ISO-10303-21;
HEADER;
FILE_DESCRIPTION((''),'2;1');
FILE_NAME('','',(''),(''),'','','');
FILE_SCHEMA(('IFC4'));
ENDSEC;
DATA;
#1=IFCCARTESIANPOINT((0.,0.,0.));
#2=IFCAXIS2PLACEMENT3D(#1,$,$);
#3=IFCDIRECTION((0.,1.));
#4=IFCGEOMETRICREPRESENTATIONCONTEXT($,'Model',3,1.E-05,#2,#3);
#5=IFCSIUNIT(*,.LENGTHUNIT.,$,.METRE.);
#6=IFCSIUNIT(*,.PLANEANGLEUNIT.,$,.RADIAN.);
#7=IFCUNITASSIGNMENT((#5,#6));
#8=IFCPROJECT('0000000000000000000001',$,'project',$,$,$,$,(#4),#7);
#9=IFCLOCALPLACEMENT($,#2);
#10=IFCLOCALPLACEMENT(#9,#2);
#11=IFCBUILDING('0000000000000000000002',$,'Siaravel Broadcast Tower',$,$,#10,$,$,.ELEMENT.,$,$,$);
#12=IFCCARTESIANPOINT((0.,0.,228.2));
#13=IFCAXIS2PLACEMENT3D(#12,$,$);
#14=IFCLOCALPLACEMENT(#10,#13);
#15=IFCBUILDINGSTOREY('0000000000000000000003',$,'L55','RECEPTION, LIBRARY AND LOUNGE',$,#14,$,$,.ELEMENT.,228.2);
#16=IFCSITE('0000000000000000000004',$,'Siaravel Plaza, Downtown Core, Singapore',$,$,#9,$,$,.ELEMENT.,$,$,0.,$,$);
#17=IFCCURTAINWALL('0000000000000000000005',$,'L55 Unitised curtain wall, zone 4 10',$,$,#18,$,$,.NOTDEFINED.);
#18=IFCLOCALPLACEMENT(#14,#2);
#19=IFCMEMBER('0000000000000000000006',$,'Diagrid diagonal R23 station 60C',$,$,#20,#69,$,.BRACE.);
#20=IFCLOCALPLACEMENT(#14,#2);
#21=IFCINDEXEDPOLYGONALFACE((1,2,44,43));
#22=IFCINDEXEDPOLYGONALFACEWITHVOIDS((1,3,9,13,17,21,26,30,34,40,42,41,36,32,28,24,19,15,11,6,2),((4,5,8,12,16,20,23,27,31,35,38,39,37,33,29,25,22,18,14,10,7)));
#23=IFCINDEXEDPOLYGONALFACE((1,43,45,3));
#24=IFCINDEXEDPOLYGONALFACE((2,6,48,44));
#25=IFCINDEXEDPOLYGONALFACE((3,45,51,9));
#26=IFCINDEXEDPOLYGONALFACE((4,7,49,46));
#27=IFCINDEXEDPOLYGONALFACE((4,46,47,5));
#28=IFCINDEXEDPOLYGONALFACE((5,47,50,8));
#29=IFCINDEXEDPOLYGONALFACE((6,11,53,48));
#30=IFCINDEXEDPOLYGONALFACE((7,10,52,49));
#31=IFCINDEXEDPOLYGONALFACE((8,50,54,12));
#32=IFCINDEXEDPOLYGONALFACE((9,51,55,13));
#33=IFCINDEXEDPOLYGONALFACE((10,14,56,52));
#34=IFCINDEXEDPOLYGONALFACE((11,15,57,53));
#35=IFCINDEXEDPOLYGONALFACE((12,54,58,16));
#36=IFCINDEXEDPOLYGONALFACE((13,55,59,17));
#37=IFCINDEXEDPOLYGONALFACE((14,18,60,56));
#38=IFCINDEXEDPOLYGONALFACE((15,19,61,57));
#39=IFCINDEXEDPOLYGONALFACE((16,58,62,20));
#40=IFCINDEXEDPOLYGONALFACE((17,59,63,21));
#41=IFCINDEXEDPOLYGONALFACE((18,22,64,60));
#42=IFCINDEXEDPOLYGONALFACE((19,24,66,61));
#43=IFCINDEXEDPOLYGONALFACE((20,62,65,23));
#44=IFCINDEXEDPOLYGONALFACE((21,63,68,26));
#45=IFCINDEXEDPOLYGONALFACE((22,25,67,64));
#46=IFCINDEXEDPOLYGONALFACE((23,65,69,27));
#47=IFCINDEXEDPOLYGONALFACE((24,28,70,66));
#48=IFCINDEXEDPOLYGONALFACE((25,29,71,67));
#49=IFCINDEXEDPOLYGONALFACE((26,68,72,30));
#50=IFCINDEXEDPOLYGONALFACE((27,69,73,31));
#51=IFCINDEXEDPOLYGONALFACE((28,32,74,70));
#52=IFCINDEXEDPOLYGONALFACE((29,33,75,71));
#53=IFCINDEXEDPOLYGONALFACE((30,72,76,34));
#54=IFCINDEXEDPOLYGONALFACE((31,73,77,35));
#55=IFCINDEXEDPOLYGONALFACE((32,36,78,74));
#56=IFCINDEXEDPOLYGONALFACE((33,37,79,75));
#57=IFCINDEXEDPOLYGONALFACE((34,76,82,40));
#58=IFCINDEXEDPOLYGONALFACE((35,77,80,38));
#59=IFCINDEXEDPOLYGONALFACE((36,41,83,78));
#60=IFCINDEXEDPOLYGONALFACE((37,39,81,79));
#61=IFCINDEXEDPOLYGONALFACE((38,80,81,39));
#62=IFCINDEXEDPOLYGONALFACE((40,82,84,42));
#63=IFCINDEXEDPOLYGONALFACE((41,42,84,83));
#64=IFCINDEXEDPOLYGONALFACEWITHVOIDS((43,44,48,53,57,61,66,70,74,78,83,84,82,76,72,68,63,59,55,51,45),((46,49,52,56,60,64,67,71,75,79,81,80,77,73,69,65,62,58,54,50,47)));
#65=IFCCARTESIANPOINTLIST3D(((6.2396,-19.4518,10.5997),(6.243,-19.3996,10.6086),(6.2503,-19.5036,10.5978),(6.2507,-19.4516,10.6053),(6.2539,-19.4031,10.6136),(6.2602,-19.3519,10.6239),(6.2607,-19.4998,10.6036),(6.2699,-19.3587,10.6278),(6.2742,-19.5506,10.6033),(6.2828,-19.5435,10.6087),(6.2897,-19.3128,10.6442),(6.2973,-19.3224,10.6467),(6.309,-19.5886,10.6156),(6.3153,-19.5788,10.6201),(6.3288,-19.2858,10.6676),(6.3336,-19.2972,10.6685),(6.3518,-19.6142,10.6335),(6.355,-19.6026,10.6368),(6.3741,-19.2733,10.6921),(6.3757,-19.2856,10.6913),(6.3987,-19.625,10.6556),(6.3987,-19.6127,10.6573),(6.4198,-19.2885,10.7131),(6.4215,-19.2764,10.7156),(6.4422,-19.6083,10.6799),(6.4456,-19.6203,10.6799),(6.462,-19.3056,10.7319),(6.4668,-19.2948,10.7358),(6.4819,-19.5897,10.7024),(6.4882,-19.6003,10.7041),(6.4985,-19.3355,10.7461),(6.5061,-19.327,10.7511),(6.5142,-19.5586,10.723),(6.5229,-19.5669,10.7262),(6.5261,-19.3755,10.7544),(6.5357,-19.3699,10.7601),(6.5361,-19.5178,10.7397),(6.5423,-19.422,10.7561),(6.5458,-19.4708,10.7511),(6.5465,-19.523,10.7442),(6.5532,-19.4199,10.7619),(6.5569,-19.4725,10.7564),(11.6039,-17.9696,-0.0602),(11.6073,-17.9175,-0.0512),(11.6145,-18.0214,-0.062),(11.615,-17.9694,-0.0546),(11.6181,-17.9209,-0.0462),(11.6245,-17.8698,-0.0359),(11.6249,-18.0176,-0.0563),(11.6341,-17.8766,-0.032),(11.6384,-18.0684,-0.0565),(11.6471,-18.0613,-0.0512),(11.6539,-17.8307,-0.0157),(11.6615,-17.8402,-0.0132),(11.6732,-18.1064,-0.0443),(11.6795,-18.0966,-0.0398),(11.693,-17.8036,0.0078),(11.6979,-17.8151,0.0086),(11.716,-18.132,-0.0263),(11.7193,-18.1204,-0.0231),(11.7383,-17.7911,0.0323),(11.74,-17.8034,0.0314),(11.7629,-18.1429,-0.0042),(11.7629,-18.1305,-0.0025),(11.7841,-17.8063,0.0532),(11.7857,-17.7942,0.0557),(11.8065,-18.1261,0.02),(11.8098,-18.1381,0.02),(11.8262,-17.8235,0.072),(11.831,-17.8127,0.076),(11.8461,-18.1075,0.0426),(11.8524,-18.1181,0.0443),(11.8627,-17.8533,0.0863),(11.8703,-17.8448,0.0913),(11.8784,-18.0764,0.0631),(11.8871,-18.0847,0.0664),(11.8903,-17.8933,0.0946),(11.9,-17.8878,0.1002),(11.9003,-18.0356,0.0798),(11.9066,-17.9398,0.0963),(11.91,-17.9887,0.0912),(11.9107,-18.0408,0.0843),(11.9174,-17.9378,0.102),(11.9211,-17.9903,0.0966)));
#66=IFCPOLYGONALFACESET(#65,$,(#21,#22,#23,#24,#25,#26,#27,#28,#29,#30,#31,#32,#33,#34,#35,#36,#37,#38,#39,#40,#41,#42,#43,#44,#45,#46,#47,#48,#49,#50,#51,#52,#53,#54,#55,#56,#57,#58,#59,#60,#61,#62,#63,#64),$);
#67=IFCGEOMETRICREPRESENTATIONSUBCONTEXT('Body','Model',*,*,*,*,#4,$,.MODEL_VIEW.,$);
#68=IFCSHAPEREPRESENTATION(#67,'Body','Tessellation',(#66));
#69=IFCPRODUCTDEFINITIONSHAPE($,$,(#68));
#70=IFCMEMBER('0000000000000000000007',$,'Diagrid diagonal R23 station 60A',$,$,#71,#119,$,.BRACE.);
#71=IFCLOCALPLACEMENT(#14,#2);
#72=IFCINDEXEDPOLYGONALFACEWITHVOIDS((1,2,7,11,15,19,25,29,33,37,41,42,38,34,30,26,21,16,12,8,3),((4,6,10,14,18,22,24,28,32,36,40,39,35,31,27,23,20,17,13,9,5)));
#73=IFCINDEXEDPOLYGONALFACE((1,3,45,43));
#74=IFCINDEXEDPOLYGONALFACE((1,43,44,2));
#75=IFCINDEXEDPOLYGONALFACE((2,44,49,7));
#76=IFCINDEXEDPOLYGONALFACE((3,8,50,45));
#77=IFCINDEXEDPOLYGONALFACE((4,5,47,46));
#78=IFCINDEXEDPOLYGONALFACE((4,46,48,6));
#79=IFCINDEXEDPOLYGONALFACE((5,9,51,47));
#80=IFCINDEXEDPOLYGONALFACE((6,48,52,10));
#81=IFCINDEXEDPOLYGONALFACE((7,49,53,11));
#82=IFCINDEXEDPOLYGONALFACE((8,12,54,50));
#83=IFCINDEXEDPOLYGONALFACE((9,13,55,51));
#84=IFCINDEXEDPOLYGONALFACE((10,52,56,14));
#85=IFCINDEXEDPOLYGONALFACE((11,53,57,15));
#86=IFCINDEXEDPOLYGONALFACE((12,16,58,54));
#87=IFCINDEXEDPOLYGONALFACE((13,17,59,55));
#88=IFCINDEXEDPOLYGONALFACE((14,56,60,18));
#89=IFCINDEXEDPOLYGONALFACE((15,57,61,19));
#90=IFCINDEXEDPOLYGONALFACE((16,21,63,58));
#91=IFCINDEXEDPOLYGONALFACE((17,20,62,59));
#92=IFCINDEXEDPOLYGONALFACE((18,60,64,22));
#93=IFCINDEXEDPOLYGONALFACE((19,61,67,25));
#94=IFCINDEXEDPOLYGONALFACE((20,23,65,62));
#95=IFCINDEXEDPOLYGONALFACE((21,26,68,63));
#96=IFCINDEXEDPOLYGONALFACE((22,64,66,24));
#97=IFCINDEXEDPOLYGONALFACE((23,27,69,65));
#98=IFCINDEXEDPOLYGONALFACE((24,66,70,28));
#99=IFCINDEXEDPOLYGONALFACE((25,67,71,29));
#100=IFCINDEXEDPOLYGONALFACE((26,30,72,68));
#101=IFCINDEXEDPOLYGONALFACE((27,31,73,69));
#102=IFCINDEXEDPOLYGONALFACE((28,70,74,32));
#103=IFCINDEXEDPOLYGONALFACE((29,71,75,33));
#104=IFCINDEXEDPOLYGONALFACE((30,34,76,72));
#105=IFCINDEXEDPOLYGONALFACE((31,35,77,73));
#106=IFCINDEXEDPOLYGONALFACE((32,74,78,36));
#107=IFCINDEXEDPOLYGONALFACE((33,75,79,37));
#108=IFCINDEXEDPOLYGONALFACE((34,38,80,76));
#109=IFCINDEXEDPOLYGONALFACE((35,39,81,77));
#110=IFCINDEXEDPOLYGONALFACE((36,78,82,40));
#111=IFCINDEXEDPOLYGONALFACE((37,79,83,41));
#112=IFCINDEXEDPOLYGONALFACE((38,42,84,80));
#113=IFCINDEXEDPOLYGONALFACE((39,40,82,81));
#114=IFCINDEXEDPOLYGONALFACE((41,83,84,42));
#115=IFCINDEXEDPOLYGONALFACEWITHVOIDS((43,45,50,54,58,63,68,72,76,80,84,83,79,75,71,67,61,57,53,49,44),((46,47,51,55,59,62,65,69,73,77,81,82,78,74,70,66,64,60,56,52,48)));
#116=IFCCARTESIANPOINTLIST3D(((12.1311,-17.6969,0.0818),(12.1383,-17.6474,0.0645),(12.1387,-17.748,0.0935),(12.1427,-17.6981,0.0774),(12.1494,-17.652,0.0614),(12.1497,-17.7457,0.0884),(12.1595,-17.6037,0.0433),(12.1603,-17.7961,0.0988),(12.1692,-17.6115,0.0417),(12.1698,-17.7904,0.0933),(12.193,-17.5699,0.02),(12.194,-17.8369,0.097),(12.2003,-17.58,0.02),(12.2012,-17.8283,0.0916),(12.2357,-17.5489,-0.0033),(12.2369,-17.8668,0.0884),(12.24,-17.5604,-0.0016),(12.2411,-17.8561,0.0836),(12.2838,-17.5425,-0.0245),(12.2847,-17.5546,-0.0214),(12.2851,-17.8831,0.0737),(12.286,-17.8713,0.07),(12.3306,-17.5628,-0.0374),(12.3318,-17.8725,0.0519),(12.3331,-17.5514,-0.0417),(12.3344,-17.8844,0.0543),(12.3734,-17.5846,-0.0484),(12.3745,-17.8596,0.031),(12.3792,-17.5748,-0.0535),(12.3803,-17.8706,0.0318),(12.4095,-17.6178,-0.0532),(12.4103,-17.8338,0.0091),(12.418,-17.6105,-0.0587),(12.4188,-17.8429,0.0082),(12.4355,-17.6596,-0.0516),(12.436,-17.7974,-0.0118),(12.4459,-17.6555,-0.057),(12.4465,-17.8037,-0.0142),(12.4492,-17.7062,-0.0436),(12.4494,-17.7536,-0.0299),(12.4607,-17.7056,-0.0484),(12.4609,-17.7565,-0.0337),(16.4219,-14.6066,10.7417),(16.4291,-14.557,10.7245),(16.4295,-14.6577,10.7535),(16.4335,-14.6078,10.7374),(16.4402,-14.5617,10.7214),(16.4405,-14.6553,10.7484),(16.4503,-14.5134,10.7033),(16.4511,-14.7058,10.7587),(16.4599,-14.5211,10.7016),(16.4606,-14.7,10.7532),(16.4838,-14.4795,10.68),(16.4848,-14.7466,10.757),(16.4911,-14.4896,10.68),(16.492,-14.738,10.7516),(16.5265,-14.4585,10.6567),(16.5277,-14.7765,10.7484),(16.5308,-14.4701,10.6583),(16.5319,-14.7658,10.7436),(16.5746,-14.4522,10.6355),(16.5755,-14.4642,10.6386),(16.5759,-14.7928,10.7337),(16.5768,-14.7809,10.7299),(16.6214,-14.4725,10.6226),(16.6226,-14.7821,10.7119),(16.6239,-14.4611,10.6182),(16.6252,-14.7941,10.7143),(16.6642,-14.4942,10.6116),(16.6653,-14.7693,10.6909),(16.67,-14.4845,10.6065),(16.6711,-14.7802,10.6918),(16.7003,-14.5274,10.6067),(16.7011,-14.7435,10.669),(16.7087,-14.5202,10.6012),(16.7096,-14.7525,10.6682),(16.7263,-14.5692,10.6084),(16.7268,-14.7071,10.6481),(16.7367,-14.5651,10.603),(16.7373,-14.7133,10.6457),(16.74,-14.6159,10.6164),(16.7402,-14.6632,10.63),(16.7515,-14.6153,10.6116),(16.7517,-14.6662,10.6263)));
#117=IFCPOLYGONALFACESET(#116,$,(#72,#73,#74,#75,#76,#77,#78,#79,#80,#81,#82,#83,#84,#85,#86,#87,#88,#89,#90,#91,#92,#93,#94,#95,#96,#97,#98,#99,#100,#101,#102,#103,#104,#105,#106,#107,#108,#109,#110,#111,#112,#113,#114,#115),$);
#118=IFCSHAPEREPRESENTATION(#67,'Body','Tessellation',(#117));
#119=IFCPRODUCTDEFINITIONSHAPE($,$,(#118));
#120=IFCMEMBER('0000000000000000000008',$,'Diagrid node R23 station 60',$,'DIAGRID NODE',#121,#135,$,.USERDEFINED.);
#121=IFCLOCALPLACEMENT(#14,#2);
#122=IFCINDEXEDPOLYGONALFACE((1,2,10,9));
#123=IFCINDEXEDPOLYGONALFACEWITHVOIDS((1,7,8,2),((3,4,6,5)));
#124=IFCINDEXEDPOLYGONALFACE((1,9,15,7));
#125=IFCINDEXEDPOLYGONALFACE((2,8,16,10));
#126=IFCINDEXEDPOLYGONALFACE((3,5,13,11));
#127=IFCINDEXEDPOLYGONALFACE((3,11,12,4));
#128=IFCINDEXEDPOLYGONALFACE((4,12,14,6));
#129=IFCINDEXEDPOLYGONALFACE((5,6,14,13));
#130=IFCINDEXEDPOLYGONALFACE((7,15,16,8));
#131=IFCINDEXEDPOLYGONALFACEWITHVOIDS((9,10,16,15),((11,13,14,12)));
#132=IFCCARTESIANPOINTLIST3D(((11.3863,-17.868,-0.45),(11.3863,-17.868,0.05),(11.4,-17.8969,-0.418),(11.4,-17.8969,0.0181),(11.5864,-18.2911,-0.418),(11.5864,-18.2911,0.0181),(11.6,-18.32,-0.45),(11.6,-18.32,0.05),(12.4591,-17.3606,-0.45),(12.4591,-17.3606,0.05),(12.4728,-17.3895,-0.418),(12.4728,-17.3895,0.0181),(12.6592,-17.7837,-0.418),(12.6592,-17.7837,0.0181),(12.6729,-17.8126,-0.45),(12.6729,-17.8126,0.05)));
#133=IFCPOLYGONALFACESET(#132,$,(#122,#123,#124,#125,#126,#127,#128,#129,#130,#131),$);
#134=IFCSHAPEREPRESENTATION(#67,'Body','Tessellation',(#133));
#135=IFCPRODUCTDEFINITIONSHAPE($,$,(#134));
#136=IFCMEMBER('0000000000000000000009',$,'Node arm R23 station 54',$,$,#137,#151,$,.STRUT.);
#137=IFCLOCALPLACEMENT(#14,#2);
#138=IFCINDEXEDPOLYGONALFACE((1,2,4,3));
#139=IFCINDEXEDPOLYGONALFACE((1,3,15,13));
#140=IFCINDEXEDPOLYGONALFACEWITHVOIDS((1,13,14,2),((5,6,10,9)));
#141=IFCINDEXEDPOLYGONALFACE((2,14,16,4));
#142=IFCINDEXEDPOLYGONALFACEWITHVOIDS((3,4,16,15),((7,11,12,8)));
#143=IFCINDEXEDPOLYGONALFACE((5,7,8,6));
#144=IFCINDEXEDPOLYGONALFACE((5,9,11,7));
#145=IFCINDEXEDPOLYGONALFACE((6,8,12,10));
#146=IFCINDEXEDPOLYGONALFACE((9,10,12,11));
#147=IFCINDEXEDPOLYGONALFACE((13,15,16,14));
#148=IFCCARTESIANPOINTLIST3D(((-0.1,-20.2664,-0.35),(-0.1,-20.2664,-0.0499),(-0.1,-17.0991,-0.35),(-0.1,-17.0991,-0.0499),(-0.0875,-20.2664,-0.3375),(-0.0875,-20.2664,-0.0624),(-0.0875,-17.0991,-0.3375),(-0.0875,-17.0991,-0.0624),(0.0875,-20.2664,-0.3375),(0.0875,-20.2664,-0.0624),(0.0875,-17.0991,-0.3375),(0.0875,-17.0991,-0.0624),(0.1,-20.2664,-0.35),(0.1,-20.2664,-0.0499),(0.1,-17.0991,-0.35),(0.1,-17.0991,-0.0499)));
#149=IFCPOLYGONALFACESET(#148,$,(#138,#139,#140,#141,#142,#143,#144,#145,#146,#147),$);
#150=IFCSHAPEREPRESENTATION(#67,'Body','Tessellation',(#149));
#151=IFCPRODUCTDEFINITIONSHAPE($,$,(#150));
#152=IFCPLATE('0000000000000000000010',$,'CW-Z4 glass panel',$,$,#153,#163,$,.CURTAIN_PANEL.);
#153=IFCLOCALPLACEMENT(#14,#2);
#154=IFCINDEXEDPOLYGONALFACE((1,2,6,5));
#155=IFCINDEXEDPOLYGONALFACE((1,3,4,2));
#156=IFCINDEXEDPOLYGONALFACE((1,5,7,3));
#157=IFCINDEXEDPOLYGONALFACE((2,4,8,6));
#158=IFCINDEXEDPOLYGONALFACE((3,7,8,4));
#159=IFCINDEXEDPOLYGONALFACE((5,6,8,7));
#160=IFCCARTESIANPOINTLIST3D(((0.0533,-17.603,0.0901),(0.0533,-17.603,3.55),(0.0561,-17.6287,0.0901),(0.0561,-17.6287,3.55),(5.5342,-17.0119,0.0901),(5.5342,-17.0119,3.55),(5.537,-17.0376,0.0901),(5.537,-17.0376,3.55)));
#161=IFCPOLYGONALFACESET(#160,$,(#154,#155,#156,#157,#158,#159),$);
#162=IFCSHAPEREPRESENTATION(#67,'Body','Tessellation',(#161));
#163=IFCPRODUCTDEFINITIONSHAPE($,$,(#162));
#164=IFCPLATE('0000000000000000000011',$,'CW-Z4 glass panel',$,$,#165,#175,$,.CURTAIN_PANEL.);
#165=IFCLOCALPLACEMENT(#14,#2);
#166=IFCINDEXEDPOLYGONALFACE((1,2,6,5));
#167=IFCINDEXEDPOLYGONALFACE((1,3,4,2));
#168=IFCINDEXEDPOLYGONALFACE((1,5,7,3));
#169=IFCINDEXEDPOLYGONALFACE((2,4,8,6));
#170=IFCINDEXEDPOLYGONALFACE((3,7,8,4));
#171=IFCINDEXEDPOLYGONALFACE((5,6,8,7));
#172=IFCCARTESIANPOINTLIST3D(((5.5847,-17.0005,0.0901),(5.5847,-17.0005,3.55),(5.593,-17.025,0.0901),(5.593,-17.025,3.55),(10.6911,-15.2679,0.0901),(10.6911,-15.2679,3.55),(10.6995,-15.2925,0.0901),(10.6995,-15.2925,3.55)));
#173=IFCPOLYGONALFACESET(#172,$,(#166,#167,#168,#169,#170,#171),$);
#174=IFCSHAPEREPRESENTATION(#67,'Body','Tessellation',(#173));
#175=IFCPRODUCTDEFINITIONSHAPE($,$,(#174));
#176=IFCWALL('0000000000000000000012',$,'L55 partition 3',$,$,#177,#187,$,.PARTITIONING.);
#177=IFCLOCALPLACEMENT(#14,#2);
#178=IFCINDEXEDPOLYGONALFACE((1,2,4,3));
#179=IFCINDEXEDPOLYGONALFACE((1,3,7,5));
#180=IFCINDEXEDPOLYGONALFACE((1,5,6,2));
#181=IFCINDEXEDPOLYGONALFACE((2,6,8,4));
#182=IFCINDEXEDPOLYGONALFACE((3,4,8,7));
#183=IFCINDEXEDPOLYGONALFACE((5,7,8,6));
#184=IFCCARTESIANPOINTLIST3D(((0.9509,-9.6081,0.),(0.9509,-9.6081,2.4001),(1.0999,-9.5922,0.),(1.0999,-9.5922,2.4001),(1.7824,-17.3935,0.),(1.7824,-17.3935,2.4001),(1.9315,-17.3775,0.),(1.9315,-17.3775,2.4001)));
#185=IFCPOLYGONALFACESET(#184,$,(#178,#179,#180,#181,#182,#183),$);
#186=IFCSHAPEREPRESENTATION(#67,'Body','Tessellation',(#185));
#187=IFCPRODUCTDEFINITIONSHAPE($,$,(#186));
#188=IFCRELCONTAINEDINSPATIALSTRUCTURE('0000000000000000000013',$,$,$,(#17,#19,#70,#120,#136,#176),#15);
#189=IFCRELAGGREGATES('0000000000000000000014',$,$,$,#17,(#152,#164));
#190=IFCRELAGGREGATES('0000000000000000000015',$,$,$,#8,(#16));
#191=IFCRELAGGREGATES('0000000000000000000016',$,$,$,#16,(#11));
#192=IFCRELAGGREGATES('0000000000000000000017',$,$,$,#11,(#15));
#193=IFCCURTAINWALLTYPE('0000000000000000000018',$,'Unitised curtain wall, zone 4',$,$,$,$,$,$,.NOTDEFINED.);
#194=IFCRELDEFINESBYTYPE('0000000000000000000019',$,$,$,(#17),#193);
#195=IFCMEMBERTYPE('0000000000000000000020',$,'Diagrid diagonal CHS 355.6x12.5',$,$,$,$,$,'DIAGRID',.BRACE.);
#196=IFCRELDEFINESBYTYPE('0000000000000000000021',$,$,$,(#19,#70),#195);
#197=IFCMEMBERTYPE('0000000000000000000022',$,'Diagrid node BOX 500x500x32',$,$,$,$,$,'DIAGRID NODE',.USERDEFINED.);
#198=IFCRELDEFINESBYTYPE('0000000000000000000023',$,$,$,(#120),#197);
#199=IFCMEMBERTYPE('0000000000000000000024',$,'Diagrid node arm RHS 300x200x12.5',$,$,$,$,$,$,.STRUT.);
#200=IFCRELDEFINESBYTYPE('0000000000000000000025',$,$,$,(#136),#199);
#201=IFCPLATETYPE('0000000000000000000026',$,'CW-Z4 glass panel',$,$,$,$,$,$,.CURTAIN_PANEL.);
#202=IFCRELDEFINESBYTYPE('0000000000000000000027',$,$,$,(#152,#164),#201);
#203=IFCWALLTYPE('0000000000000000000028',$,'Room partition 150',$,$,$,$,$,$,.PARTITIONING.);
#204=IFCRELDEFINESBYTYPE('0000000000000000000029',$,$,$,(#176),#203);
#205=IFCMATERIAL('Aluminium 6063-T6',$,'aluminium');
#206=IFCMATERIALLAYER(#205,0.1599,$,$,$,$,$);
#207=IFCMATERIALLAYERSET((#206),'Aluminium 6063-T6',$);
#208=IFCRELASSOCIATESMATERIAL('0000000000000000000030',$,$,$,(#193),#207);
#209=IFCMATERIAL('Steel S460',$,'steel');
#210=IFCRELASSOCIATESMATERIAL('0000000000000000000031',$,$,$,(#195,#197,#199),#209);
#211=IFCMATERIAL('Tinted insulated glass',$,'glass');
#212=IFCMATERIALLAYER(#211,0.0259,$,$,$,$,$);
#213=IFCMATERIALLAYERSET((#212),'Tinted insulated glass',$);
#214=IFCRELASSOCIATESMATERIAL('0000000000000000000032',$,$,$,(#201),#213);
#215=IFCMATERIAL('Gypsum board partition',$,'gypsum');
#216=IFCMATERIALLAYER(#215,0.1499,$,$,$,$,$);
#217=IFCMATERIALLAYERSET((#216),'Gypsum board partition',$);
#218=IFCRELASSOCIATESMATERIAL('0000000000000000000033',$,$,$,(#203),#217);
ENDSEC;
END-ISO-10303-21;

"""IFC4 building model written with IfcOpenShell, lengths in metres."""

from ifc_helpers import new_model, si_unit, direction, frame, frame_2d, origin, origin_2d, place, context, subcontext, project, spatial, rectangle, hollow_rectangle, hollow_circle, extrude, material, layer, layer_set, material_profile, profile_set, type_object, element, aggregate, save


model = new_model("IFC4")

# Units and contexts
model_context = context("Model", 3, precision=1e-05, world=origin(), true_north=direction((0.0, 1.0)))
body_context = subcontext(model_context, "Body", "Model", "MODEL_VIEW")
ifc_project = project(units=[si_unit("LENGTHUNIT", "METRE"), si_unit("PLANEANGLEUNIT", "RADIAN")], contexts=[model_context])

# Site, building, storey
site_placement = place(None, origin())
site = spatial("IfcSite", under=ifc_project, at=site_placement, Name="Siaravel Plaza, Downtown Core, Singapore", CompositionType="ELEMENT", RefElevation=0.0)
building_placement = place(site_placement, origin())
building = spatial("IfcBuilding", under=site, at=building_placement, Name="Siaravel Broadcast Tower", CompositionType="ELEMENT")
storey_placement = place(building_placement, frame((0.0, 0.0, 228.2)))
storey = spatial("IfcBuildingStorey", under=building, at=storey_placement, Name="L55", Description="RECEPTION, LIBRARY AND LOUNGE", CompositionType="ELEMENT", Elevation=228.2)

# Curtain wall
ifc_material_1 = material(Name="Aluminium 6063-T6", Category="aluminium")
ifc_layer_1 = layer(ifc_material_1, 0.1599)
ifc_layer_set_1 = layer_set([ifc_layer_1], Name="Aluminium 6063-T6")
curtain_wall_type = type_object("IfcCurtainWallType", Name="Unitised curtain wall, zone 4", PredefinedType="NOTDEFINED", material=ifc_layer_set_1)
curtain_wall_placement = place(storey_placement, origin())
curtain_wall = element("IfcCurtainWall", 1, at=curtain_wall_placement, inside=storey, type_object=curtain_wall_type, Name="L55 Unitised curtain wall, zone 4 10", PredefinedType="NOTDEFINED")

# Members
ifc_material_2 = material(Name="Steel S460", Category="steel")
ifc_material_profile_1 = material_profile(ifc_material_2, hollow_circle(Radius=0.1777, WallThickness=0.0125, at=origin_2d()))
ifc_profile_set_1 = profile_set([ifc_material_profile_1], Name="Steel S460")
member_type_1 = type_object("IfcMemberType", Name="Diagrid diagonal CHS 355.6x12.5", ElementType="DIAGRID", PredefinedType="BRACE", material=ifc_profile_set_1)
member_1_placement = place(storey_placement, frame((11.7625, -17.9668, 0.02), z_axis=(-0.446084, -0.123256, 0.886463), x_axis=(0.266327, -0.963883, 0.0)))
element("IfcMember", 2, at=member_1_placement, inside=storey, type_object=member_type_1, Name="Diagrid diagonal R23 station 60C", PredefinedType="BRACE", context=body_context, shape_type="SweptSolid", body=[
    extrude(hollow_circle(Radius=0.1777, WallThickness=0.0125, at=origin_2d()), origin(), (0.0, 0.0, 1.0), 12.0251),
])
member_2_placement = place(storey_placement, frame((12.2969, -17.7141, 0.02), z_axis=(0.360589, 0.259706, 0.89584), x_axis=(-0.584426, 0.811447, 0.0)))
element("IfcMember", 3, at=member_2_placement, inside=storey, type_object=member_type_1, Name="Diagrid diagonal R23 station 60A", PredefinedType="BRACE", context=body_context, shape_type="SweptSolid", body=[
    extrude(hollow_circle(Radius=0.1777, WallThickness=0.0125, at=origin_2d()), origin(), (0.0, 0.0, 1.0), 11.8994),
])
ifc_material_profile_2 = material_profile(ifc_material_2, hollow_rectangle(XDim=0.5, YDim=0.5, WallThickness=0.032, at=origin_2d()))
ifc_profile_set_2 = profile_set([ifc_material_profile_2], Name="Steel S460")
member_type_2 = type_object("IfcMemberType", Name="Diagrid node BOX 500x500x32", ElementType="DIAGRID NODE", PredefinedType="USERDEFINED", material=ifc_profile_set_2)
member_3_placement = place(storey_placement, frame((11.4932, -18.094, -0.2), z_axis=(0.904006, 0.42752, 0.0), x_axis=(-0.42752, 0.904006, 0.0)))
element("IfcMember", 4, at=member_3_placement, inside=storey, type_object=member_type_2, Name="Diagrid node R23 station 60", ObjectType="DIAGRID NODE", PredefinedType="USERDEFINED", context=body_context, shape_type="SweptSolid", body=[
    extrude(hollow_rectangle(XDim=0.5, YDim=0.5, WallThickness=0.032, at=origin_2d()), origin(), (0.0, 0.0, 1.0), 1.1868),
])
ifc_material_profile_3 = material_profile(ifc_material_2, hollow_rectangle(XDim=0.2, YDim=0.3, WallThickness=0.0125, at=origin_2d()))
ifc_profile_set_3 = profile_set([ifc_material_profile_3], Name="Steel S460")
member_type_3 = type_object("IfcMemberType", Name="Diagrid node arm RHS 300x200x12.5", PredefinedType="STRUT", material=ifc_profile_set_3)
member_4_placement = place(storey_placement, frame((0.0, -17.0991, -0.2), z_axis=(0.0, -1.0, 0.0), x_axis=(1.0, 0.0, 0.0)))
element("IfcMember", 5, at=member_4_placement, inside=storey, type_object=member_type_3, Name="Node arm R23 station 54", PredefinedType="STRUT", context=body_context, shape_type="SweptSolid", body=[
    extrude(hollow_rectangle(XDim=0.2, YDim=0.3, WallThickness=0.0125, at=origin_2d()), origin(), (0.0, 0.0, 1.0), 3.1672),
])

# Plates
ifc_material_3 = material(Name="Tinted insulated glass", Category="glass")
ifc_layer_2 = layer(ifc_material_3, 0.0259)
ifc_layer_set_2 = layer_set([ifc_layer_2], Name="Tinted insulated glass")
plate_type = type_object("IfcPlateType", Name="CW-Z4 glass panel", PredefinedType="CURTAIN_PANEL", material=ifc_layer_set_2)
plate_1_placement = place(storey_placement, frame((2.7952, -17.3203, 0.0901), z_axis=(0.0, 0.0, 1.0), x_axis=(0.994236, 0.107218, 0.0)))
plate_1 = element("IfcPlate", 6, at=plate_1_placement, type_object=plate_type, Name="CW-Z4 glass panel", PredefinedType="CURTAIN_PANEL", context=body_context, shape_type="SweptSolid", body=[
    extrude(rectangle(XDim=5.5127, YDim=0.0259, at=origin_2d()), origin(), (0.0, 0.0, 1.0), 3.46),
])
plate_2_placement = place(storey_placement, frame((8.1421, -16.1465, 0.0901), z_axis=(0.0, 0.0, 1.0), x_axis=(0.946977, 0.321301, 0.0)))
plate_2 = element("IfcPlate", 7, at=plate_2_placement, type_object=plate_type, Name="CW-Z4 glass panel", PredefinedType="CURTAIN_PANEL", context=body_context, shape_type="SweptSolid", body=[
    extrude(rectangle(XDim=5.3923, YDim=0.0259, at=origin_2d()), origin(), (0.0, 0.0, 1.0), 3.46),
])
aggregate(curtain_wall, [plate_1, plate_2])

# Wall
ifc_material_4 = material(Name="Gypsum board partition", Category="gypsum")
ifc_layer_3 = layer(ifc_material_4, 0.1499)
ifc_layer_set_3 = layer_set([ifc_layer_3], Name="Gypsum board partition")
wall_type = type_object("IfcWallType", Name="Room partition 150", PredefinedType="PARTITIONING", material=ifc_layer_set_3)
wall_placement = place(storey_placement, frame((1.8569, -17.3855, 0.0), z_axis=(0.0, 0.0, 1.0), x_axis=(-0.106204, 0.994344, 0.0)))
element("IfcWall", 8, at=wall_placement, inside=storey, type_object=wall_type, Name="L55 partition 3", PredefinedType="PARTITIONING", context=body_context, shape_type="SweptSolid", body=[
    extrude(rectangle(XDim=7.8296, YDim=0.1499, at=frame_2d((3.9148, 0.0))), origin(), (0.0, 0.0, 1.0), 2.4001),
])

save(model, "model.ifc")
